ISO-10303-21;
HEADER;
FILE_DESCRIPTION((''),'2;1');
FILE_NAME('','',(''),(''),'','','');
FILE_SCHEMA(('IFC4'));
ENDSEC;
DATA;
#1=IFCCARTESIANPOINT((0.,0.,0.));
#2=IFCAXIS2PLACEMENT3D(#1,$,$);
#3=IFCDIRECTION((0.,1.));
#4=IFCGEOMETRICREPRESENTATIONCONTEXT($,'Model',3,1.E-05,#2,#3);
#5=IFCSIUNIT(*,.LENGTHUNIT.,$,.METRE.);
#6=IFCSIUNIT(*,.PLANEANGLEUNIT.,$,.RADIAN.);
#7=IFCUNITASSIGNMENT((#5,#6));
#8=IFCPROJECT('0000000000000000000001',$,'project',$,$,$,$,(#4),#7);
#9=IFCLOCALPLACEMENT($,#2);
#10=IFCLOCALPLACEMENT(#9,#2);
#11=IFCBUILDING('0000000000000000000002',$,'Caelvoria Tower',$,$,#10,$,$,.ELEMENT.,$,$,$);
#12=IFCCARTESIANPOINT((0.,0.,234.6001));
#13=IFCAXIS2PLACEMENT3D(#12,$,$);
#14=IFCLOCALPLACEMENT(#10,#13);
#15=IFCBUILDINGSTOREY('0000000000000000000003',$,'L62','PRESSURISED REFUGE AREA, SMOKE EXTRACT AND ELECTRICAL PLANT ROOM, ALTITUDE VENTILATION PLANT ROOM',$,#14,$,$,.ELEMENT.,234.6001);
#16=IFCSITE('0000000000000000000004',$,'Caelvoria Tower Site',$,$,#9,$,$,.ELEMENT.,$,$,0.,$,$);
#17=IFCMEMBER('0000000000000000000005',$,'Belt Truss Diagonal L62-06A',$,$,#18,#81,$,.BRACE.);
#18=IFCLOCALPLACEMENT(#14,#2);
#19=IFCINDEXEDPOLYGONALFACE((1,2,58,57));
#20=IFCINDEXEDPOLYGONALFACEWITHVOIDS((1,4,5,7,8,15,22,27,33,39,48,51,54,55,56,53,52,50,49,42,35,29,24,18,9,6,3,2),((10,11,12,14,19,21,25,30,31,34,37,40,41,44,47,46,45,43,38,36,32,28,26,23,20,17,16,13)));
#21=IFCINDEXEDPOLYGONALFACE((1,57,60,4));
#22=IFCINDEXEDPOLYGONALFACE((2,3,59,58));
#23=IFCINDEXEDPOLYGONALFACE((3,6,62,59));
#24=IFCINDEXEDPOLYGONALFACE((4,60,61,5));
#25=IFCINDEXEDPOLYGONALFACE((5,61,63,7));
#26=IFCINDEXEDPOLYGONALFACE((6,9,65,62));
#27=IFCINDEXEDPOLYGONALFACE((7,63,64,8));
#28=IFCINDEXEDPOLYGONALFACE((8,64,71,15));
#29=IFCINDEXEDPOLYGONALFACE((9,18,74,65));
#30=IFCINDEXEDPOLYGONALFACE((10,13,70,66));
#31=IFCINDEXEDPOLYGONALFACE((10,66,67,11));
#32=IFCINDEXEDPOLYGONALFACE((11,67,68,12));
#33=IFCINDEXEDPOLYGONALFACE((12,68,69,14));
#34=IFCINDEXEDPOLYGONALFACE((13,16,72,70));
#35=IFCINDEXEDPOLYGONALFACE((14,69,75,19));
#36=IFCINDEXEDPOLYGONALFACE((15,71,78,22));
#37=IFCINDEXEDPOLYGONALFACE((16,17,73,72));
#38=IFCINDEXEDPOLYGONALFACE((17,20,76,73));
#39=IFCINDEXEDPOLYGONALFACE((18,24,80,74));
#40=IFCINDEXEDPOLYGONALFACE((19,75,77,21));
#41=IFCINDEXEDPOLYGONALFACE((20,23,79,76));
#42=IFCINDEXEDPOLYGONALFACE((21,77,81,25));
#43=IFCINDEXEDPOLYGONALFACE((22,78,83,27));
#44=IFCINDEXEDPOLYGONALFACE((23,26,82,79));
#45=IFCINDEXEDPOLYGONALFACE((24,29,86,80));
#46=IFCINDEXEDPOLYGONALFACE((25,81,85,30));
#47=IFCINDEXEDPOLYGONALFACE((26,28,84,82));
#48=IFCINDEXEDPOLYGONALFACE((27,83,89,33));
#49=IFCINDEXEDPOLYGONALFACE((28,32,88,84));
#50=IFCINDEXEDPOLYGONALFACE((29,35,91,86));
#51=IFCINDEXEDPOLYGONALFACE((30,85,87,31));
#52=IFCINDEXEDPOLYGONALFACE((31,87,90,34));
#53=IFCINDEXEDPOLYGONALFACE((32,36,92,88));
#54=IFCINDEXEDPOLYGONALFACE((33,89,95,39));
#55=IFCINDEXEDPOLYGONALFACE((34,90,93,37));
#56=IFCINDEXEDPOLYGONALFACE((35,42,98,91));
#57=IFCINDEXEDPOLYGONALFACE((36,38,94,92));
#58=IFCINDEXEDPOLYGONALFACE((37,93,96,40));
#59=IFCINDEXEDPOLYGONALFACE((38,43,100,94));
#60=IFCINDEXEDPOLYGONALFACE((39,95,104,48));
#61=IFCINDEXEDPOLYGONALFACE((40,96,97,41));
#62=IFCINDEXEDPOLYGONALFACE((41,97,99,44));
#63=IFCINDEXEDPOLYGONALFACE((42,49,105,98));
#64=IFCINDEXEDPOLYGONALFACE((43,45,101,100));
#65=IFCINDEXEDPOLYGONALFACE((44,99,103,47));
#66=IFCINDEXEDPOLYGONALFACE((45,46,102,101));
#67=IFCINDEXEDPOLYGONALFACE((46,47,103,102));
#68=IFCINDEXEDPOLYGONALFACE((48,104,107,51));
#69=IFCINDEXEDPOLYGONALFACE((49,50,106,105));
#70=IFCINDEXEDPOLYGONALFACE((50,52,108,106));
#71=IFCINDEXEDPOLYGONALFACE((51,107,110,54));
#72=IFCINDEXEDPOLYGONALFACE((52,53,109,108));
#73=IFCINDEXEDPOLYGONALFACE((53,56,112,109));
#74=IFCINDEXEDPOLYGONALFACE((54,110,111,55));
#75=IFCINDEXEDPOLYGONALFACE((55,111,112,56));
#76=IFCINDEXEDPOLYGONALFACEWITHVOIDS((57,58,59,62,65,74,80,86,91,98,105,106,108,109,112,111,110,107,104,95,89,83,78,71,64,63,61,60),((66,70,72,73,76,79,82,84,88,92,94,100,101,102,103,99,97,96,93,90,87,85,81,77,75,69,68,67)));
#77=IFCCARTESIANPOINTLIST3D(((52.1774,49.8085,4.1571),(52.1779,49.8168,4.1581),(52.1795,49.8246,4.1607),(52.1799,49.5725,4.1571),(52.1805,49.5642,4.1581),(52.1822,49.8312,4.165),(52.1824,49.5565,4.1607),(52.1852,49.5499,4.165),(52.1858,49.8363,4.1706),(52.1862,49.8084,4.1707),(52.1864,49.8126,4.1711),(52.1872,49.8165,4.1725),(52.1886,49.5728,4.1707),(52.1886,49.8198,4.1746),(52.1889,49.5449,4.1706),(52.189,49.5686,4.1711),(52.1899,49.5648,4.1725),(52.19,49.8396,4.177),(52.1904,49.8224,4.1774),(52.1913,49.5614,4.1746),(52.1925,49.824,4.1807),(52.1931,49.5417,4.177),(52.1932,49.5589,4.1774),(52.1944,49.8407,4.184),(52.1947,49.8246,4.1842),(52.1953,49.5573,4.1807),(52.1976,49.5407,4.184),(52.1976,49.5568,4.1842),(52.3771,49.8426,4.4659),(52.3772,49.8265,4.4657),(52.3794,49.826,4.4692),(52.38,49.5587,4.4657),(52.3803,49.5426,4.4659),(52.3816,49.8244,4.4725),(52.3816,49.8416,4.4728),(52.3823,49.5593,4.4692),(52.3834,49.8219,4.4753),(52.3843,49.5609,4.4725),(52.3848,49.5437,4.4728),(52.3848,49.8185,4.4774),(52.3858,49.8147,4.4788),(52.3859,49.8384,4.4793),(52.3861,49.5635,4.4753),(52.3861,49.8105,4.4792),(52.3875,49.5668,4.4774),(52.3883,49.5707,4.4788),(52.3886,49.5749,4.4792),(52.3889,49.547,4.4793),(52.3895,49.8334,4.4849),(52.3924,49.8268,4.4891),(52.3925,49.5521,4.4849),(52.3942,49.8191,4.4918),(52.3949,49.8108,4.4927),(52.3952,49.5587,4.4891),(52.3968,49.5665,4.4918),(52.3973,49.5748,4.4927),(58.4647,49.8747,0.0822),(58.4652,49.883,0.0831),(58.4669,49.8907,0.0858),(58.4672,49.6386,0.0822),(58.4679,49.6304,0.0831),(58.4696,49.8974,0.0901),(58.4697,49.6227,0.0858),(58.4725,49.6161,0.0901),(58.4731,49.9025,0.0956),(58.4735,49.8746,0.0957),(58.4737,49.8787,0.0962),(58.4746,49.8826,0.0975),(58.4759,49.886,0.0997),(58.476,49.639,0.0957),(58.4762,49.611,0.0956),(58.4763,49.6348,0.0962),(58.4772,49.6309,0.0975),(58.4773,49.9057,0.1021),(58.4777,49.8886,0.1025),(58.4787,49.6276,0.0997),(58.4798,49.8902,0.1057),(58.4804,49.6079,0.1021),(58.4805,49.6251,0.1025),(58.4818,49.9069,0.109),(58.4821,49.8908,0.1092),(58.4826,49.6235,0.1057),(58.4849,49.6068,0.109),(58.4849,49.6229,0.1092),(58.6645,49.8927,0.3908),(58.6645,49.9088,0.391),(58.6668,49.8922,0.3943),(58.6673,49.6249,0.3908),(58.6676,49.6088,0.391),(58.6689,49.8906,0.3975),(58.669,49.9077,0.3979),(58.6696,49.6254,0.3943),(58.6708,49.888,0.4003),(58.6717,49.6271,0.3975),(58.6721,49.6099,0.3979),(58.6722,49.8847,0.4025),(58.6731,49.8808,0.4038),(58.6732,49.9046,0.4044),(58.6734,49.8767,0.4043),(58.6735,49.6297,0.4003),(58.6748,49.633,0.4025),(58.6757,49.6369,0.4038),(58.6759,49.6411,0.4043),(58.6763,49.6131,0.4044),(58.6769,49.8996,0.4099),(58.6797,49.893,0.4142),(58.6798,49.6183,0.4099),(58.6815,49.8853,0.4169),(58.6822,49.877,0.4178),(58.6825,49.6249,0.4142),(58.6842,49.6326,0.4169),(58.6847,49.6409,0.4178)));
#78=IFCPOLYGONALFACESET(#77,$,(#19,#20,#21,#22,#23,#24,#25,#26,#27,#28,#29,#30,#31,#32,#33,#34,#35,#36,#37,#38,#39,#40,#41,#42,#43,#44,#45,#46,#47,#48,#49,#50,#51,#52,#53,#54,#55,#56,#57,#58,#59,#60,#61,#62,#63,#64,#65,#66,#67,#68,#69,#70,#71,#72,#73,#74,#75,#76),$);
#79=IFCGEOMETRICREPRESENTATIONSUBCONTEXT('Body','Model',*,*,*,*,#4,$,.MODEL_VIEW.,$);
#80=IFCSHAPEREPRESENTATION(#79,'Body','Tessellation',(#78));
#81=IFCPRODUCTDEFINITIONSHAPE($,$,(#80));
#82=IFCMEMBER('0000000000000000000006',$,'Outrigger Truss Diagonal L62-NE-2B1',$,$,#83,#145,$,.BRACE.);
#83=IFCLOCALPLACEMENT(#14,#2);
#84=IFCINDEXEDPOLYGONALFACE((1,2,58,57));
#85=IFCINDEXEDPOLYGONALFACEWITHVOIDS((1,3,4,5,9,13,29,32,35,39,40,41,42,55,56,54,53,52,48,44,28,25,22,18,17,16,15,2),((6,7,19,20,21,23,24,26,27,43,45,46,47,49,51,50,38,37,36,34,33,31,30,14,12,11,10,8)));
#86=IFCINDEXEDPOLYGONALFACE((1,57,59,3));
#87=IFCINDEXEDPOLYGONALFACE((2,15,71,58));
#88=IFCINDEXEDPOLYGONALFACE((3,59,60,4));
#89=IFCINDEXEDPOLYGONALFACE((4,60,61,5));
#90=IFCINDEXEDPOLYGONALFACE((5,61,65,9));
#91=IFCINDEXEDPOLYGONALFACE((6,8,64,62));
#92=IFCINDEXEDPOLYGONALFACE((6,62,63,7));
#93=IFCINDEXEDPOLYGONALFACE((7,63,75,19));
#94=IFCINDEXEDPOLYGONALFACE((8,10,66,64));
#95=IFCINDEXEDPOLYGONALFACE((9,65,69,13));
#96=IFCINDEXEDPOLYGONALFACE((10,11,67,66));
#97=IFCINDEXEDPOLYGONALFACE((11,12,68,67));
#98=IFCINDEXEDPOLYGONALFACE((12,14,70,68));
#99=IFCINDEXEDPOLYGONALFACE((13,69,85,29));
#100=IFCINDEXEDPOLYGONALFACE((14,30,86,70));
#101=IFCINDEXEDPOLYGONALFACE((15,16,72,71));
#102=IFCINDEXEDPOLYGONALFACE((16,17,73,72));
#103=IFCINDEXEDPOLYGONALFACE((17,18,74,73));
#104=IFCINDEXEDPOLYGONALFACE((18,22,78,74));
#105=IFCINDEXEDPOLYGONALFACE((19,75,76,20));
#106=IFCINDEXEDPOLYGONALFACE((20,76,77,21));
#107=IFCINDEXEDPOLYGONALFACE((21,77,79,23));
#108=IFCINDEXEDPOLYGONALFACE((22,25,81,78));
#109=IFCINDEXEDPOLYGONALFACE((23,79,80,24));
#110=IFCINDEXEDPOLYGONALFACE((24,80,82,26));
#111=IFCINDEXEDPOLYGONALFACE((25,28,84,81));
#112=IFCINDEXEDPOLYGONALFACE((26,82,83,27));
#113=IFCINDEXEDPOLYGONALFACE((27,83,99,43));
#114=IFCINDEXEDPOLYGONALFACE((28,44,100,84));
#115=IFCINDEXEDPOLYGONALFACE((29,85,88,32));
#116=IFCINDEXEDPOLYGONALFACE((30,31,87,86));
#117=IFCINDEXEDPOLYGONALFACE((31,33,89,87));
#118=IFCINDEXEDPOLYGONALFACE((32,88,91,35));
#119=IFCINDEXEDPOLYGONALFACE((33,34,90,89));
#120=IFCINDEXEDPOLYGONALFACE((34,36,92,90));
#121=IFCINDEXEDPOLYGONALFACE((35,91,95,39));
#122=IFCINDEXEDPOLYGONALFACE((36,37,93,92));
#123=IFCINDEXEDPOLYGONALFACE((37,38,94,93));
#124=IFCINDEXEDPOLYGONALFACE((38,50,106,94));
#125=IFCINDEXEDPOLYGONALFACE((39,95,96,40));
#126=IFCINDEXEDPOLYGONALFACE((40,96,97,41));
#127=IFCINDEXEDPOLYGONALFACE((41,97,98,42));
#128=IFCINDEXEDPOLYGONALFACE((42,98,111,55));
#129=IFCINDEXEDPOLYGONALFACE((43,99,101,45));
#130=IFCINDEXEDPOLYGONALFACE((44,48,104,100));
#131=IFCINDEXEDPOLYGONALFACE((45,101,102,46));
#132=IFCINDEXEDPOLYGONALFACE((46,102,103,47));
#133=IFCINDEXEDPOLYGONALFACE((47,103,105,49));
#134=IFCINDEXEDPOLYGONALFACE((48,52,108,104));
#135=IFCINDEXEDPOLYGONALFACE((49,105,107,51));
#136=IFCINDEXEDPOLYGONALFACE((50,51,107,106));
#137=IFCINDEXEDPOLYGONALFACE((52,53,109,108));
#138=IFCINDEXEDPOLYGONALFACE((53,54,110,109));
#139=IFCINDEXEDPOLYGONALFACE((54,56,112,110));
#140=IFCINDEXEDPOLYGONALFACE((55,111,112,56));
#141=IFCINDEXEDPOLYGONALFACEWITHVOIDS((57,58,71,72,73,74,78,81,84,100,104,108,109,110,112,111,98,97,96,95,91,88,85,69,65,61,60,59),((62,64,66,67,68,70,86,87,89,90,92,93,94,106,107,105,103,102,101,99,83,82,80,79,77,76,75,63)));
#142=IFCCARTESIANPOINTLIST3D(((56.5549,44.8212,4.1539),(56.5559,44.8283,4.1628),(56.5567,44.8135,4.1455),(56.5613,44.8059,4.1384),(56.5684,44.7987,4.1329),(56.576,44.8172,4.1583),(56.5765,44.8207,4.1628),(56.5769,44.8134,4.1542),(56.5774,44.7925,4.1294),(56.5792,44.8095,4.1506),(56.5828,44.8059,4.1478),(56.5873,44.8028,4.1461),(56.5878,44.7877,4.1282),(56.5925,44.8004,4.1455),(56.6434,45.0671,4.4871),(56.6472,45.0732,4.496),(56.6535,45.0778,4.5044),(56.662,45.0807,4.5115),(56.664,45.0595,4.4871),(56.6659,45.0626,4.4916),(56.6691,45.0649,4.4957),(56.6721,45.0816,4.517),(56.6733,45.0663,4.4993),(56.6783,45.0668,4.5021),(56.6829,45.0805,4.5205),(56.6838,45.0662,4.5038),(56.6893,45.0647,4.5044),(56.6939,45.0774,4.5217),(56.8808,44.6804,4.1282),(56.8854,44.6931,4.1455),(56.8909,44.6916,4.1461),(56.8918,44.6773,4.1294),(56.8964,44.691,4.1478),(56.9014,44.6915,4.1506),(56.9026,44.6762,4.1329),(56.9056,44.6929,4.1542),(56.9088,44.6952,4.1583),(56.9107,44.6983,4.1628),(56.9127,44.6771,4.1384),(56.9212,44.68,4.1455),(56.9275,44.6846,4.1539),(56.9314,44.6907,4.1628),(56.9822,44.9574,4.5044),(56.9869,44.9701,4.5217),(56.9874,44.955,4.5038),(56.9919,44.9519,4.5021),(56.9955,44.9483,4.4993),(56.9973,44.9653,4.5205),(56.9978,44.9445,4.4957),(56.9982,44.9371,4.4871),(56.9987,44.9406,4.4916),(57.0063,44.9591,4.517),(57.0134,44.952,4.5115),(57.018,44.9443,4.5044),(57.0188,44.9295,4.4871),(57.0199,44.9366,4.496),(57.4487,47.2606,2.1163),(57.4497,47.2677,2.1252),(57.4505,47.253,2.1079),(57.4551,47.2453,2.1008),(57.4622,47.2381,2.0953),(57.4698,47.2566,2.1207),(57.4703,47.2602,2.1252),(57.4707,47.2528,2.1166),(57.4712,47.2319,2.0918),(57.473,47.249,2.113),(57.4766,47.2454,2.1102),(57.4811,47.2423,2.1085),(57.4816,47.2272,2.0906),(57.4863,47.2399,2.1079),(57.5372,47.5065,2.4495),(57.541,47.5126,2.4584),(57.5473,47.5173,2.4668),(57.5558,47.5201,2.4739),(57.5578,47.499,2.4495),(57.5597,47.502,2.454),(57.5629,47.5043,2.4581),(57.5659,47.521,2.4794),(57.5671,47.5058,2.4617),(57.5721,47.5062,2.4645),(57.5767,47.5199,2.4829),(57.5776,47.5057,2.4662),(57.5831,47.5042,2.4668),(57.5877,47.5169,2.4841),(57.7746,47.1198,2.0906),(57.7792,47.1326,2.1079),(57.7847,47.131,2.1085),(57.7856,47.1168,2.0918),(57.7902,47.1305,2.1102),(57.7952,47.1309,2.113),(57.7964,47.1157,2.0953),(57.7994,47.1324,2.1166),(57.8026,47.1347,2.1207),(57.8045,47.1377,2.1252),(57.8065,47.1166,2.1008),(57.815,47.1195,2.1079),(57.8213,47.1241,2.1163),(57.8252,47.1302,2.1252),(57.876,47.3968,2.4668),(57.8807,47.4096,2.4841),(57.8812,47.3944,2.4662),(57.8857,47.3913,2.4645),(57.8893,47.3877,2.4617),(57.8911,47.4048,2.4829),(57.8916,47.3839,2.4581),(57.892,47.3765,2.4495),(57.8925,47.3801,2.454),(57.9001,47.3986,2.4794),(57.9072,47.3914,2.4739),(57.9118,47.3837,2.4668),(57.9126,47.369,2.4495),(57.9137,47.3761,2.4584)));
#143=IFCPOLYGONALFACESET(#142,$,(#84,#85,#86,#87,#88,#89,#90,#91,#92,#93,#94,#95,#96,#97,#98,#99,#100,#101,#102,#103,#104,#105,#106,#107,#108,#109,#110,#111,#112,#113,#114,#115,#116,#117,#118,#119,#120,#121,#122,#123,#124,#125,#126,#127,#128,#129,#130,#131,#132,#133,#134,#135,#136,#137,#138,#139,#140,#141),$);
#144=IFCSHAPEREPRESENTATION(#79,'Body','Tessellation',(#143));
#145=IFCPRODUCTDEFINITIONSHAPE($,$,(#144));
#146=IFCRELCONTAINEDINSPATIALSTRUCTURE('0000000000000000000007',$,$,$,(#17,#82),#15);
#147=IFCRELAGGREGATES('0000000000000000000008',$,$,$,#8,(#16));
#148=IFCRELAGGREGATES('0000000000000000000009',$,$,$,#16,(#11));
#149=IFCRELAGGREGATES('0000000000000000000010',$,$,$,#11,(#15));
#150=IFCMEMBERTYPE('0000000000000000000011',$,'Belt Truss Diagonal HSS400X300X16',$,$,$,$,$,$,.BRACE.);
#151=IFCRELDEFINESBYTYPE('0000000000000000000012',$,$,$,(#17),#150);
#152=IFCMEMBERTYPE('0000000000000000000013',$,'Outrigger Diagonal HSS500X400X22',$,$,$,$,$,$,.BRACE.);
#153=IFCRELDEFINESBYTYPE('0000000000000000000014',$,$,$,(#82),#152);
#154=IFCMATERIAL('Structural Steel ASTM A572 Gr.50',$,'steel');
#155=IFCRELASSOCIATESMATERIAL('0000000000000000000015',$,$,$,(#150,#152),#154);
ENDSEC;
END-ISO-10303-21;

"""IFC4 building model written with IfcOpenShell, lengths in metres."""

from ifc_helpers import new_model, si_unit, direction, frame, origin, origin_2d, place, context, subcontext, project, spatial, hollow_rectangle, extrude, material, material_profile, profile_set, type_object, element, save


model = new_model("IFC4")

# Units and contexts
model_context = context("Model", 3, precision=1e-05, world=origin(), true_north=direction((0.0, 1.0)))
body_context = subcontext(model_context, "Body", "Model", "MODEL_VIEW")
ifc_project = project(units=[si_unit("LENGTHUNIT", "METRE"), si_unit("PLANEANGLEUNIT", "RADIAN")], contexts=[model_context])

# Site, building, storey
site_placement = place(None, origin())
site = spatial("IfcSite", under=ifc_project, at=site_placement, Name="Caelvoria Tower Site", CompositionType="ELEMENT", RefElevation=0.0)
building_placement = place(site_placement, origin())
building = spatial("IfcBuilding", under=site, at=building_placement, Name="Caelvoria Tower", CompositionType="ELEMENT")
storey_placement = place(building_placement, frame((0.0, 0.0, 234.6001)))
storey = spatial("IfcBuildingStorey", under=building, at=storey_placement, Name="L62", Description="PRESSURISED REFUGE AREA, SMOKE EXTRACT AND ELECTRICAL PLANT ROOM, ALTITUDE VENTILATION PLANT ROOM", CompositionType="ELEMENT", Elevation=234.6001)

# Shared definitions
ifc_material_1 = material(Name="Structural Steel ASTM A572 Gr.50", Category="steel")

# Members
ifc_material_profile_1 = material_profile(ifc_material_1, hollow_rectangle(XDim=0.3, YDim=0.3999, WallThickness=0.0161, InnerFilletRadius=0.0161, OuterFilletRadius=0.032, at=origin_2d()), Name="Structural Steel ASTM A572 Gr.50")
ifc_profile_set_1 = profile_set([ifc_material_profile_1], Name="HSS400X300X16 - Structural Steel ASTM A572 Gr.50")
member_type_1 = type_object("IfcMemberType", Name="Belt Truss Diagonal HSS400X300X16", PredefinedType="BRACE", material=ifc_profile_set_1)
member_1_placement = place(storey_placement, frame((58.5747, 49.7578, 0.25), z_axis=(-0.839132, -0.00883, 0.543857), x_axis=(0.010522, -0.999945, 0.0)))
element("IfcMember", 1, at=member_1_placement, inside=storey, type_object=member_type_1, Name="Belt Truss Diagonal L62-06A", PredefinedType="BRACE", context=body_context, shape_type="SweptSolid", body=[
    extrude(hollow_rectangle(XDim=0.3, YDim=0.3999, WallThickness=0.0161, InnerFilletRadius=0.0161, OuterFilletRadius=0.032, at=origin_2d()), origin(), (0.0, 0.0, 1.0), 7.4927),
])
ifc_material_profile_2 = material_profile(ifc_material_1, hollow_rectangle(XDim=0.3999, YDim=0.5, WallThickness=0.022, InnerFilletRadius=0.022, OuterFilletRadius=0.0439, at=origin_2d()), Name="Structural Steel ASTM A572 Gr.50")
ifc_profile_set_2 = profile_set([ifc_material_profile_2], Name="HSS500X400X22 - Structural Steel ASTM A572 Gr.50")
member_type_2 = type_object("IfcMemberType", Name="Outrigger Diagonal HSS500X400X22", PredefinedType="BRACE", material=ifc_profile_set_2)
member_2_placement = place(storey_placement, frame((56.7874, 44.8789, 4.325), z_axis=(0.270704, 0.738834, -0.617125), x_axis=(-0.938959, 0.344028, 0.0)))
element("IfcMember", 2, at=member_2_placement, inside=storey, type_object=member_type_2, Name="Outrigger Truss Diagonal L62-NE-2B1", PredefinedType="BRACE", context=body_context, shape_type="SweptSolid", body=[
    extrude(hollow_rectangle(XDim=0.3999, YDim=0.5, WallThickness=0.022, InnerFilletRadius=0.022, OuterFilletRadius=0.0439, at=origin_2d()), origin(), (0.0, 0.0, 1.0), 3.3018),
])

save(model, "model.ifc")
